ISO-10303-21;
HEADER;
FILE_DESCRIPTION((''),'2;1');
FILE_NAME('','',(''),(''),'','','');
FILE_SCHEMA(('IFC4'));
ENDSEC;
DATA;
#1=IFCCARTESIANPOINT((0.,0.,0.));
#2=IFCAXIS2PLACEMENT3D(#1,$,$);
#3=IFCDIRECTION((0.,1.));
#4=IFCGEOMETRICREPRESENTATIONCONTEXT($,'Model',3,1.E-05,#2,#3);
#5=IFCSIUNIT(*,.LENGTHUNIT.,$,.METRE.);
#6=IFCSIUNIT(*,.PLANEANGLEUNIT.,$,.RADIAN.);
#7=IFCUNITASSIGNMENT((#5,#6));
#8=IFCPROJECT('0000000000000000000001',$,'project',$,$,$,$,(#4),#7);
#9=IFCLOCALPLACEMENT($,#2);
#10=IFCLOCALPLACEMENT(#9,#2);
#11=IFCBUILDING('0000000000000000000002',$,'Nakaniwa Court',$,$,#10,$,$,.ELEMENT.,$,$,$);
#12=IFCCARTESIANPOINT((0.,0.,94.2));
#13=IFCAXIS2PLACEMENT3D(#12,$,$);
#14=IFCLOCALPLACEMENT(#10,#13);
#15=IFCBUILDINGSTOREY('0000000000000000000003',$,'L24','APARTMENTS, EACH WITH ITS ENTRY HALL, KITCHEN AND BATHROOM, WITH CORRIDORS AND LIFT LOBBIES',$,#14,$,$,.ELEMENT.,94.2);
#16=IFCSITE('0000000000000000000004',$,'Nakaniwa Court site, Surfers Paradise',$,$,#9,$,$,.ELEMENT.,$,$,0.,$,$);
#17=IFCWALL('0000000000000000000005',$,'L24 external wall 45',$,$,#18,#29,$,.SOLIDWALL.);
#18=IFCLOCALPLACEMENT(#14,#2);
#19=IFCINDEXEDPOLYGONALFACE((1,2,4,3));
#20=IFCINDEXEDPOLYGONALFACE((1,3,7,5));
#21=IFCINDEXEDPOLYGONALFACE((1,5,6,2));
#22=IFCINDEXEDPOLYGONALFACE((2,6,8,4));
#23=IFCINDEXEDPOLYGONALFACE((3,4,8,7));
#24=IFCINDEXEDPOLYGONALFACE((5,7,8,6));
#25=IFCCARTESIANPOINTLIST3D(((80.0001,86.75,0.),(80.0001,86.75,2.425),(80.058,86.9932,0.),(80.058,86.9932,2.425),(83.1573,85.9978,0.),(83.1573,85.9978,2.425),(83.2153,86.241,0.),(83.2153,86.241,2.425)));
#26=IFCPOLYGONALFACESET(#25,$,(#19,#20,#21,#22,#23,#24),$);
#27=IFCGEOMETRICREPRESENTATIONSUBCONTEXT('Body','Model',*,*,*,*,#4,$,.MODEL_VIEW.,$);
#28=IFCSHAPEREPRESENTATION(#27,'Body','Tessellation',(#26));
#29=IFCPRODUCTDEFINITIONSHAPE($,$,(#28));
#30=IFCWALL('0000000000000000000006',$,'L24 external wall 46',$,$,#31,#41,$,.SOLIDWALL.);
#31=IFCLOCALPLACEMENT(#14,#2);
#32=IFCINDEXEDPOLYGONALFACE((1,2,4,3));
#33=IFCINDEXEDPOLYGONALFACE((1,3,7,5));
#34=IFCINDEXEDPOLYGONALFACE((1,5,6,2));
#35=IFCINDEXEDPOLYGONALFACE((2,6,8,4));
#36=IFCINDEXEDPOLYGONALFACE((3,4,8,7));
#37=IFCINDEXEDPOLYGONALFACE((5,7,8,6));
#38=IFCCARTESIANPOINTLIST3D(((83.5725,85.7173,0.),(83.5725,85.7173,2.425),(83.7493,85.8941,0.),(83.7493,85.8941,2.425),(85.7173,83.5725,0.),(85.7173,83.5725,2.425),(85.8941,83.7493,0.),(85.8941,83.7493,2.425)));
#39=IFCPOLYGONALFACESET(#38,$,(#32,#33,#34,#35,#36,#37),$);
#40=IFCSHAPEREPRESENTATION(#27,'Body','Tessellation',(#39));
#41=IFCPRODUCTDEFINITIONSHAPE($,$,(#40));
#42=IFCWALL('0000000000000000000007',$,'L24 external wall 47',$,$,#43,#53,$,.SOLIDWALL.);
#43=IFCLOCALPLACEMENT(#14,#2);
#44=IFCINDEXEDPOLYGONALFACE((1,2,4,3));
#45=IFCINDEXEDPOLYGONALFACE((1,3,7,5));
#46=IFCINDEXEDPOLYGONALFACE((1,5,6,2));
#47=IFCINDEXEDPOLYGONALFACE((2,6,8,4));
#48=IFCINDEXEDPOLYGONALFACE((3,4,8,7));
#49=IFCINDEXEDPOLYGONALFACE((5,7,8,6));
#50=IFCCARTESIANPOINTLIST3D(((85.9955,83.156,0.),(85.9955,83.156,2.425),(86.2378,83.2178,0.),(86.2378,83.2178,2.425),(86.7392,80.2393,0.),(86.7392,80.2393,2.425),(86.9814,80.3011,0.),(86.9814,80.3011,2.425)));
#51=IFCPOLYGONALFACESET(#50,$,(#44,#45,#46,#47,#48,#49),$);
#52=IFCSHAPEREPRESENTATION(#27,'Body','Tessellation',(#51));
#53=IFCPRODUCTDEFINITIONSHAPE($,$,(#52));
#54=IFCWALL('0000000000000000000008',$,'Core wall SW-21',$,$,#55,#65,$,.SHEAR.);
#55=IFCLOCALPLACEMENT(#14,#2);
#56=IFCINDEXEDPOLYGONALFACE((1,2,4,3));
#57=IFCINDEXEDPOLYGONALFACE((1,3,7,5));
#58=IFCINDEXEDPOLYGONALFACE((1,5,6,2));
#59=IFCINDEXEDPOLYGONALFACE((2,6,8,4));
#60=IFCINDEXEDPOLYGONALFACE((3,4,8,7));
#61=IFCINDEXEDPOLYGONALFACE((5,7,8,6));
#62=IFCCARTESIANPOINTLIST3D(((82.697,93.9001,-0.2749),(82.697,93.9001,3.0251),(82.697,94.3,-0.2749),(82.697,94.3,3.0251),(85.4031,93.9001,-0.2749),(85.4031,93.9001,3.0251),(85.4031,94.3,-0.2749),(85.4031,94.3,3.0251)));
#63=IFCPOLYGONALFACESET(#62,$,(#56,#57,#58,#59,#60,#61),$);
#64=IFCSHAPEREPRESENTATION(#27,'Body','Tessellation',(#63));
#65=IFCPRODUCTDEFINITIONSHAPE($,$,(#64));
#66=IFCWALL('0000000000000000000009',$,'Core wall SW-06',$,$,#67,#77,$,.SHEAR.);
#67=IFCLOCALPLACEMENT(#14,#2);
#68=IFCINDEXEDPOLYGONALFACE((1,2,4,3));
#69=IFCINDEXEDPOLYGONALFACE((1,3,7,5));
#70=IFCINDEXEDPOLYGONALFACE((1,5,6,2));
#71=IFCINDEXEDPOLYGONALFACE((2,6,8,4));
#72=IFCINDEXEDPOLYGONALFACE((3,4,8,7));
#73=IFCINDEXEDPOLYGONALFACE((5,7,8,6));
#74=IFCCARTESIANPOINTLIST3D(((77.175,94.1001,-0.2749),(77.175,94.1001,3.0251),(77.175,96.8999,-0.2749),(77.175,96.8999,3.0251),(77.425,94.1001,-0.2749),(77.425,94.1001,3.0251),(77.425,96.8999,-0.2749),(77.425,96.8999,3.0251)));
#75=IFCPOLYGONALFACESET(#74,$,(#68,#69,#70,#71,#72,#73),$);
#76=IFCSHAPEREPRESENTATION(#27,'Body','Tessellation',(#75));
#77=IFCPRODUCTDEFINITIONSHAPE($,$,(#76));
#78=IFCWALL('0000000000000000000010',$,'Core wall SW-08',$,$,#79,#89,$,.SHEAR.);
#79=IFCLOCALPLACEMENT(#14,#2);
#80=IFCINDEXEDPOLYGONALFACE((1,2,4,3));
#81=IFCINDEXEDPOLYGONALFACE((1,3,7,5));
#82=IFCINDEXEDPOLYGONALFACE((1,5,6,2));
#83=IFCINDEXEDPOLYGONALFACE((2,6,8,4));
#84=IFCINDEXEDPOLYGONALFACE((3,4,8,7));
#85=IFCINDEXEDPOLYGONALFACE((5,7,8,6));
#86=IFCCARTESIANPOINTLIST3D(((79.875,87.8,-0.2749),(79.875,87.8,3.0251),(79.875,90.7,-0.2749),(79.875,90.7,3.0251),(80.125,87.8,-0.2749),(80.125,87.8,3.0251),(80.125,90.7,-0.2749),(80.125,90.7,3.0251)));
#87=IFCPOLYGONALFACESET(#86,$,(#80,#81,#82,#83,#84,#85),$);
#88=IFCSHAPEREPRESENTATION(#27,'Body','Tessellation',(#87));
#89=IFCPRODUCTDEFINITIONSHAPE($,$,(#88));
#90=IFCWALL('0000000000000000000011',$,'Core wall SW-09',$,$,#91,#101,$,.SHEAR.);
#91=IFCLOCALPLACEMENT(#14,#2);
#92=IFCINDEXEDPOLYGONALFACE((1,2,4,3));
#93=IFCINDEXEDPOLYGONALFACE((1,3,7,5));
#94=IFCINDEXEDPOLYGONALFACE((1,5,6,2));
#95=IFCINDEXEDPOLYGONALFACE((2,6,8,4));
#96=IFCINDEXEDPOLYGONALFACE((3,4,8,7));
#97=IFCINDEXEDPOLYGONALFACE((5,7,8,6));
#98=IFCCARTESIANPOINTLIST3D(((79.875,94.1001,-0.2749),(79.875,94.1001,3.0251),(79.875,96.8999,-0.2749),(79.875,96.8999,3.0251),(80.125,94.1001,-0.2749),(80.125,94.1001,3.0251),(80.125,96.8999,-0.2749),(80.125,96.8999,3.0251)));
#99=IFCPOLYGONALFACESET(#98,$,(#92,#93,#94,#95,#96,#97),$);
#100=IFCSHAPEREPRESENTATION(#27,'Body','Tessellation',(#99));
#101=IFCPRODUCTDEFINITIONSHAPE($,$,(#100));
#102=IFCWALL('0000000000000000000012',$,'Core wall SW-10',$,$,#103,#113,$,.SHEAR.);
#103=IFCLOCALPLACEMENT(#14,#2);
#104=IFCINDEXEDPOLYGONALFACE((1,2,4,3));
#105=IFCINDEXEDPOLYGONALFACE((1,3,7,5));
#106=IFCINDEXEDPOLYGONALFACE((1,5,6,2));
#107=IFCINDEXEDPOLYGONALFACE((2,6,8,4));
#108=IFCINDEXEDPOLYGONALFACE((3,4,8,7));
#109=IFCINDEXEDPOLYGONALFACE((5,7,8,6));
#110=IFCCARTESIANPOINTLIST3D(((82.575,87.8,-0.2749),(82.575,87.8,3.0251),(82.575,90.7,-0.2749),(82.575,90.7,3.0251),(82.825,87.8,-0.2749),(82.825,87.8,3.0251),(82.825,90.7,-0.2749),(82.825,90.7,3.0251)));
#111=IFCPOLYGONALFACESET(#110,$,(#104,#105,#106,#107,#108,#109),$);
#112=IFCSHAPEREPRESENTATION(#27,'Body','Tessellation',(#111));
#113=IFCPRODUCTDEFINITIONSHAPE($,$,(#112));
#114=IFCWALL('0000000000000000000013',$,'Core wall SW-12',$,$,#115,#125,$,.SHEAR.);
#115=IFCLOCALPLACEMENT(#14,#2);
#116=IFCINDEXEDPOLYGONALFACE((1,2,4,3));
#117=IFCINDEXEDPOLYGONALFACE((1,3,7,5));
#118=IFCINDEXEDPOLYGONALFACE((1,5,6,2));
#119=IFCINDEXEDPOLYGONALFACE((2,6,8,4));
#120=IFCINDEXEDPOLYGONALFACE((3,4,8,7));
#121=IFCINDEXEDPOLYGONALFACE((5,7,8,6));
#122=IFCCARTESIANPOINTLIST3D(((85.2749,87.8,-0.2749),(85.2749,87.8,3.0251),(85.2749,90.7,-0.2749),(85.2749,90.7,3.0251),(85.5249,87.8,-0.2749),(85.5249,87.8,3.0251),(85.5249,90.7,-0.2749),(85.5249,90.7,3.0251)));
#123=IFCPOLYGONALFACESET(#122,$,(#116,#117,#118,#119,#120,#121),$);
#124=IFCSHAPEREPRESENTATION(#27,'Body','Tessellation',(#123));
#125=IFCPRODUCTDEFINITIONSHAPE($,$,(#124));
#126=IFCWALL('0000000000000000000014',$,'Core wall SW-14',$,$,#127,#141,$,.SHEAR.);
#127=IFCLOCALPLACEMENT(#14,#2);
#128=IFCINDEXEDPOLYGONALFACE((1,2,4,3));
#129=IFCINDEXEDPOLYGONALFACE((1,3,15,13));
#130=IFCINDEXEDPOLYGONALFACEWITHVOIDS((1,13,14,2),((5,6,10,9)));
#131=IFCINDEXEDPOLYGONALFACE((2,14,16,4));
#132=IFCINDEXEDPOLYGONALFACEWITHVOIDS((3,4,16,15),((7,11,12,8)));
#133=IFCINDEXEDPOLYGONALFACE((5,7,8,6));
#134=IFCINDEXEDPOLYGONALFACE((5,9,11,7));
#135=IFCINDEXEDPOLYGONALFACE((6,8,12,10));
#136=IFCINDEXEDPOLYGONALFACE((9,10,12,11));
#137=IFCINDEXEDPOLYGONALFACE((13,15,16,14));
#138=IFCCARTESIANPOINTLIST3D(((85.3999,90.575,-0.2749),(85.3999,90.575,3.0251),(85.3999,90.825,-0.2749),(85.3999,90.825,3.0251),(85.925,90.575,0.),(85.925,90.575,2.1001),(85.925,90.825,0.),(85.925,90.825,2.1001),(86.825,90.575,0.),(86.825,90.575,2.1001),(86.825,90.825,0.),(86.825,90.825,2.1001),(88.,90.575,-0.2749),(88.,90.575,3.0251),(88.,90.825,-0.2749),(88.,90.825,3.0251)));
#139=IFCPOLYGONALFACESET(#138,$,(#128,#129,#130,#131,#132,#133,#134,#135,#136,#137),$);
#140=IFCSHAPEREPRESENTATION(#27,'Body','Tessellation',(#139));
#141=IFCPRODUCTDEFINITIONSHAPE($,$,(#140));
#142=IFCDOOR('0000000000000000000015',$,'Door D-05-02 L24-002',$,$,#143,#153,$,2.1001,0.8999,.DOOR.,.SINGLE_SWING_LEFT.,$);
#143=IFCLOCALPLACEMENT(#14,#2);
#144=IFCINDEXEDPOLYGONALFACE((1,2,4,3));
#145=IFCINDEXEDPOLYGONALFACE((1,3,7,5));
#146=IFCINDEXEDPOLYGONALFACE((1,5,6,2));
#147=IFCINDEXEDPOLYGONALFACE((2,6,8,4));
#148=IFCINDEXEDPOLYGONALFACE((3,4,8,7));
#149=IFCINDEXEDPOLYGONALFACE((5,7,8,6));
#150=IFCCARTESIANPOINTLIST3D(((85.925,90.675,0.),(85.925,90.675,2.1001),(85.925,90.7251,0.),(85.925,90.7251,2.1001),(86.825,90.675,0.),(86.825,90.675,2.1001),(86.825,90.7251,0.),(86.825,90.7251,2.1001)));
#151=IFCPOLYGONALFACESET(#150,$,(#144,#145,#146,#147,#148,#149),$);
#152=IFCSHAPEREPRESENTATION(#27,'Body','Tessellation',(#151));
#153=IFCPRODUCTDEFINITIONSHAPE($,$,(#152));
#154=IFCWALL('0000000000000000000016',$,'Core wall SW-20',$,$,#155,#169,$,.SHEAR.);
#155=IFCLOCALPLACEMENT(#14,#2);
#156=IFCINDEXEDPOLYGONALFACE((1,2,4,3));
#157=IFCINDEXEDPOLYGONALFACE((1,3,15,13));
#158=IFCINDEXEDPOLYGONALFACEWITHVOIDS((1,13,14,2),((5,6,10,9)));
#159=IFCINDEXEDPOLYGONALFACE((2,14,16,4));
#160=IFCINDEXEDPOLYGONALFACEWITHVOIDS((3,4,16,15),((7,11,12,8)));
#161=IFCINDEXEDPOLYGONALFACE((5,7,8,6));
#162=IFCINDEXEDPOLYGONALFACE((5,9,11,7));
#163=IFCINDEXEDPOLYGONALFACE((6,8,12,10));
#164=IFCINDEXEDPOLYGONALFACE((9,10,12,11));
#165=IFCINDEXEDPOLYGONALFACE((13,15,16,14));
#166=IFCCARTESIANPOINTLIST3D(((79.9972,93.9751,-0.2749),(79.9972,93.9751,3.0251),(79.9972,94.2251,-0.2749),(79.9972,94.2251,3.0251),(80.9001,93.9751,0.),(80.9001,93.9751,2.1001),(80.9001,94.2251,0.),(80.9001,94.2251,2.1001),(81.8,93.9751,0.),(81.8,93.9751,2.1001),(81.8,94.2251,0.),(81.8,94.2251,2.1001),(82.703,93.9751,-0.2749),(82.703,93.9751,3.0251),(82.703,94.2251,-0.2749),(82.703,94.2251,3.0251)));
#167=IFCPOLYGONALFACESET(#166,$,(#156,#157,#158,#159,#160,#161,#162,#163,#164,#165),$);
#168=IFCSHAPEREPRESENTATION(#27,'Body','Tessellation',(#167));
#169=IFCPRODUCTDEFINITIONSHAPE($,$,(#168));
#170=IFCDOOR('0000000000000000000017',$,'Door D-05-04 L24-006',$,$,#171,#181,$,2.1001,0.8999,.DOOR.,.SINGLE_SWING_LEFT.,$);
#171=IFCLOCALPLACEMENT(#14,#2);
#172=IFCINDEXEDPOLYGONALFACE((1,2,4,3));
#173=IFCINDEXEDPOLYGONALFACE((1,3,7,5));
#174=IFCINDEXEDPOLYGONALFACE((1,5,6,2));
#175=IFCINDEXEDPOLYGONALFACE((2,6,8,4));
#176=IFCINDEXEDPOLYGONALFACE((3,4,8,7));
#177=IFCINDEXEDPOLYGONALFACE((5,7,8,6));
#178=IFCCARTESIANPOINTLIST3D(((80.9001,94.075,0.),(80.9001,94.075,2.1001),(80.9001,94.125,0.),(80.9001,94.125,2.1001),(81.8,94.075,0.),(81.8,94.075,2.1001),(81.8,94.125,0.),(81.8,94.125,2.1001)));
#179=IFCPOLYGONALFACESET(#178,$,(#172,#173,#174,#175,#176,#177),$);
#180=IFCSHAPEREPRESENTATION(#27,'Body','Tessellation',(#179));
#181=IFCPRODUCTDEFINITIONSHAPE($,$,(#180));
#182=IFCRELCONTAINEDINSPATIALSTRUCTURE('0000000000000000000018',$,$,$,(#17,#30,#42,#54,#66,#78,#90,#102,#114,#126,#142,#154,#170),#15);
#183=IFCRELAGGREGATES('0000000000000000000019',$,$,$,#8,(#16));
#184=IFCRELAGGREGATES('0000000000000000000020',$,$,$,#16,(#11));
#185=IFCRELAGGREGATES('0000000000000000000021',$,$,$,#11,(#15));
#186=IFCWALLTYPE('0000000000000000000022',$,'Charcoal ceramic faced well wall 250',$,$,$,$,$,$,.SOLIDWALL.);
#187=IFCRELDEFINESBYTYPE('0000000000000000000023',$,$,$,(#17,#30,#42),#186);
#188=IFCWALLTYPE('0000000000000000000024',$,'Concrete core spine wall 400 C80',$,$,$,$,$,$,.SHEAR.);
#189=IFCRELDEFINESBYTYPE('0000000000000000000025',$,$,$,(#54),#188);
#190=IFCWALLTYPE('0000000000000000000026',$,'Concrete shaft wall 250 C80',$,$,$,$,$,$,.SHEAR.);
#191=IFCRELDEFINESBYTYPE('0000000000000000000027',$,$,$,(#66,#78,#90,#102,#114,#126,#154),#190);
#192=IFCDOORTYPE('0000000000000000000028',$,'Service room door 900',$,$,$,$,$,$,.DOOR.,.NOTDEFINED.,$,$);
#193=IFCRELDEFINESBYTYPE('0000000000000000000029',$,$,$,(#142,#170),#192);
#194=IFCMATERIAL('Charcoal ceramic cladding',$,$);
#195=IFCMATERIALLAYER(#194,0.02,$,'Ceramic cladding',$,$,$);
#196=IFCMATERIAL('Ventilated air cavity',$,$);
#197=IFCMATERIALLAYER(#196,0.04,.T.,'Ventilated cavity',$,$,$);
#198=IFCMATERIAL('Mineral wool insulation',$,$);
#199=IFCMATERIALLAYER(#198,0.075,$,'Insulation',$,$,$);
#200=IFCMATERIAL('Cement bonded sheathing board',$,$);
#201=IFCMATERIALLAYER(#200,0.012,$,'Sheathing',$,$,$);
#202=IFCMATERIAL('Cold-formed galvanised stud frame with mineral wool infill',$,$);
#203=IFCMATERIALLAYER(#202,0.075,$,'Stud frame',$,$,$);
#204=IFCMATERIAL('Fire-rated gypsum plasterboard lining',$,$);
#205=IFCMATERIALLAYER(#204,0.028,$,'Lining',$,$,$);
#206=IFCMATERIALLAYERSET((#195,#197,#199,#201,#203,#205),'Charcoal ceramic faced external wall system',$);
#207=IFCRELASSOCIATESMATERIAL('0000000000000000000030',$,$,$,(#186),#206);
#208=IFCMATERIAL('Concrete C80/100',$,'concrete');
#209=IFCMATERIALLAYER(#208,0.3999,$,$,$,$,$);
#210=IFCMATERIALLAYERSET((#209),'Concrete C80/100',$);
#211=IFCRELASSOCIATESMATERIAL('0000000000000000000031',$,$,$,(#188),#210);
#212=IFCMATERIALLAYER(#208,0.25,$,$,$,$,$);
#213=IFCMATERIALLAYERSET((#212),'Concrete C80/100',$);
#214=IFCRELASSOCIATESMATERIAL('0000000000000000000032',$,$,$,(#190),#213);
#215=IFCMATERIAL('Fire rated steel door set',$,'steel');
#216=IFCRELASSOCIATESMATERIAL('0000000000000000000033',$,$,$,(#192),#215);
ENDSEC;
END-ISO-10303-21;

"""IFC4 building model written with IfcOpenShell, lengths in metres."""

from ifc_helpers import new_model, si_unit, direction, frame, frame_2d, origin, place, context, subcontext, project, spatial, rectangle, extrude, material, layer, layer_set, type_object, element, fill, save


model = new_model("IFC4")

# Units and contexts
model_context = context("Model", 3, precision=1e-05, world=origin(), true_north=direction((0.0, 1.0)))
body_context = subcontext(model_context, "Body", "Model", "MODEL_VIEW")
ifc_project = project(units=[si_unit("LENGTHUNIT", "METRE"), si_unit("PLANEANGLEUNIT", "RADIAN")], contexts=[model_context])

# Site, building, storey
site_placement = place(None, origin())
site = spatial("IfcSite", under=ifc_project, at=site_placement, Name="Nakaniwa Court site, Surfers Paradise", CompositionType="ELEMENT", RefElevation=0.0)
building_placement = place(site_placement, origin())
building = spatial("IfcBuilding", under=site, at=building_placement, Name="Nakaniwa Court", CompositionType="ELEMENT")
storey_placement = place(building_placement, frame((0.0, 0.0, 94.2)))
storey = spatial("IfcBuildingStorey", under=building, at=storey_placement, Name="L24", Description="APARTMENTS, EACH WITH ITS ENTRY HALL, KITCHEN AND BATHROOM, WITH CORRIDORS AND LIFT LOBBIES", CompositionType="ELEMENT", Elevation=94.2)

# Shared definitions
ifc_material_1 = material(Name="Concrete C80/100", Category="concrete")

# Walls
ifc_material_2 = material(Name="Charcoal ceramic cladding")
ifc_layer_1 = layer(ifc_material_2, 0.02, Name="Ceramic cladding")
ifc_material_3 = material(Name="Ventilated air cavity")
ifc_layer_2 = layer(ifc_material_3, 0.04, ventilated=True, Name="Ventilated cavity")
ifc_material_4 = material(Name="Mineral wool insulation")
ifc_layer_3 = layer(ifc_material_4, 0.075, Name="Insulation")
ifc_material_5 = material(Name="Cement bonded sheathing board")
ifc_layer_4 = layer(ifc_material_5, 0.012, Name="Sheathing")
ifc_material_6 = material(Name="Cold-formed galvanised stud frame with mineral wool infill")
ifc_layer_5 = layer(ifc_material_6, 0.075, Name="Stud frame")
ifc_material_7 = material(Name="Fire-rated gypsum plasterboard lining")
ifc_layer_6 = layer(ifc_material_7, 0.028, Name="Lining")
ifc_layer_set_1 = layer_set([ifc_layer_1, ifc_layer_2, ifc_layer_3, ifc_layer_4, ifc_layer_5, ifc_layer_6], Name="Charcoal ceramic faced external wall system")
wall_type_1 = type_object("IfcWallType", Name="Charcoal ceramic faced well wall 250", PredefinedType="SOLIDWALL", material=ifc_layer_set_1)
wall_1_placement = place(storey_placement, frame((80.0291, 86.8716, 0.0), z_axis=(0.0, 0.0, 1.0), x_axis=(0.972773, -0.23176, 0.0)))
element("IfcWall", 1, at=wall_1_placement, inside=storey, type_object=wall_type_1, Name="L24 external wall 45", PredefinedType="SOLIDWALL", context=body_context, shape_type="SweptSolid", body=[
    extrude(rectangle(XDim=3.2456, YDim=0.25, at=frame_2d((1.6228, 0.0))), origin(), (0.0, 0.0, 1.0), 2.425),
])
wall_2_placement = place(storey_placement, frame((83.6609, 85.8057, 0.0), z_axis=(0.0, 0.0, 1.0), x_axis=(0.707107, -0.707107, 0.0)))
element("IfcWall", 2, at=wall_2_placement, inside=storey, type_object=wall_type_1, Name="L24 external wall 46", PredefinedType="SOLIDWALL", context=body_context, shape_type="SweptSolid", body=[
    extrude(rectangle(XDim=3.0332, YDim=0.25, at=frame_2d((1.5166, 0.0))), origin(), (0.0, 0.0, 1.0), 2.425),
])
wall_3_placement = place(storey_placement, frame((86.1167, 83.1868, 0.0), z_axis=(0.0, 0.0, 1.0), x_axis=(0.247056, -0.969001, 0.0)))
element("IfcWall", 3, at=wall_3_placement, inside=storey, type_object=wall_type_1, Name="L24 external wall 47", PredefinedType="SOLIDWALL", context=body_context, shape_type="SweptSolid", body=[
    extrude(rectangle(XDim=3.01, YDim=0.25, at=frame_2d((1.5049, 0.0))), origin(), (0.0, 0.0, 1.0), 2.425),
])
ifc_layer_7 = layer(ifc_material_1, 0.3999)
ifc_layer_set_2 = layer_set([ifc_layer_7], Name="Concrete C80/100")
wall_type_2 = type_object("IfcWallType", Name="Concrete core spine wall 400 C80", PredefinedType="SHEAR", material=ifc_layer_set_2)
wall_4_placement = place(storey_placement, frame((82.697, 94.1001, -0.2749), z_axis=(0.0, 0.0, 1.0), x_axis=(1.0, 0.0, 0.0)))
element("IfcWall", 4, at=wall_4_placement, inside=storey, type_object=wall_type_2, Name="Core wall SW-21", PredefinedType="SHEAR", context=body_context, shape_type="SweptSolid", body=[
    extrude(rectangle(XDim=2.7061, YDim=0.3999, at=frame_2d((1.353, 0.0))), origin(), (0.0, 0.0, 1.0), 3.3),
])
ifc_layer_8 = layer(ifc_material_1, 0.25)
ifc_layer_set_3 = layer_set([ifc_layer_8], Name="Concrete C80/100")
wall_type_3 = type_object("IfcWallType", Name="Concrete shaft wall 250 C80", PredefinedType="SHEAR", material=ifc_layer_set_3)
wall_5_placement = place(storey_placement, frame((77.3, 94.1001, -0.2749), z_axis=(0.0, 0.0, 1.0), x_axis=(0.0, 1.0, 0.0)))
element("IfcWall", 5, at=wall_5_placement, inside=storey, type_object=wall_type_3, Name="Core wall SW-06", PredefinedType="SHEAR", context=body_context, shape_type="SweptSolid", body=[
    extrude(rectangle(XDim=2.7998, YDim=0.25, at=frame_2d((1.3999, 0.0))), origin(), (0.0, 0.0, 1.0), 3.3),
])
wall_6_placement = place(storey_placement, frame((80.0, 87.8, -0.2749), z_axis=(0.0, 0.0, 1.0), x_axis=(0.0, 1.0, 0.0)))
element("IfcWall", 6, at=wall_6_placement, inside=storey, type_object=wall_type_3, Name="Core wall SW-08", PredefinedType="SHEAR", context=body_context, shape_type="SweptSolid", body=[
    extrude(rectangle(XDim=2.8999, YDim=0.25, at=frame_2d((1.45, 0.0))), origin(), (0.0, 0.0, 1.0), 3.3),
])
wall_7_placement = place(storey_placement, frame((80.0, 94.1001, -0.2749), z_axis=(0.0, 0.0, 1.0), x_axis=(0.0, 1.0, 0.0)))
element("IfcWall", 7, at=wall_7_placement, inside=storey, type_object=wall_type_3, Name="Core wall SW-09", PredefinedType="SHEAR", context=body_context, shape_type="SweptSolid", body=[
    extrude(rectangle(XDim=2.7998, YDim=0.25, at=frame_2d((1.3999, 0.0))), origin(), (0.0, 0.0, 1.0), 3.3),
])
for number, where, z_axis, x_axis, name in (
    (8, (82.7, 87.8, -0.2749), (0.0, 0.0, 1.0), (0.0, 1.0, 0.0), "Core wall SW-10"),
    (9, (85.3999, 87.8, -0.2749), (0.0, 0.0, 1.0), (0.0, 1.0, 0.0), "Core wall SW-12"),
):
    element("IfcWall", number, at=place(storey_placement, frame(where, z_axis=z_axis, x_axis=x_axis)), inside=storey, type_object=wall_type_3, Name=name, PredefinedType="SHEAR", context=body_context, shape_type="SweptSolid", body=[
        extrude(rectangle(XDim=2.8999, YDim=0.25, at=frame_2d((1.45, 0.0))), origin(), (0.0, 0.0, 1.0), 3.3),
    ])

# Walls, openings, doors
wall_8_placement = place(storey_placement, frame((88.0, 90.7, -0.2749), z_axis=(0.0, 0.0, 1.0), x_axis=(-1.0, 0.0, 0.0)))
wall_8 = element("IfcWall", 10, at=wall_8_placement, inside=storey, type_object=wall_type_3, Name="Core wall SW-14", PredefinedType="SHEAR", context=body_context, shape_type="SweptSolid", body=[
    extrude(rectangle(XDim=2.6001, YDim=0.25, at=frame_2d((1.3, 0.0))), origin(), (0.0, 0.0, 1.0), 3.3),
])
opening_1_placement = place(wall_8_placement, frame((1.175, 0.0, 0.2749)))
opening_1 = element("IfcOpeningElement", 11, at=opening_1_placement, cuts=wall_8, PredefinedType="OPENING", context=body_context, shape_type="SweptSolid", body=[
    extrude(rectangle(XDim=0.8999, YDim=2.1001, at=frame_2d((0.45, 1.05))), frame((0.0, 0.135, 0.0), z_axis=(0.0, -1.0, 0.0), x_axis=(1.0, 0.0, 0.0)), (0.0, 0.0, 1.0), 0.27),
])
ifc_material_8 = material(Name="Fire rated steel door set", Category="steel")
door_type_1 = type_object("IfcDoorType", Name="Service room door 900", OperationType="NOTDEFINED", PredefinedType="DOOR", material=ifc_material_8)
door_1_placement = place(opening_1_placement, origin())
door_1 = element("IfcDoor", 12, at=door_1_placement, inside=storey, type_object=door_type_1, Name="Door D-05-02 L24-002", OperationType="SINGLE_SWING_LEFT", OverallHeight=2.1001, OverallWidth=0.8999, PredefinedType="DOOR", context=body_context, shape_type="SweptSolid", body=[
    extrude(rectangle(XDim=0.8999, YDim=2.1001, at=frame_2d((0.45, 1.05))), frame((0.0, 0.0249, 0.0), z_axis=(0.0, -1.0, 0.0), x_axis=(1.0, 0.0, 0.0)), (0.0, 0.0, 1.0), 0.05),
])
fill(opening_1, door_1)
wall_9_placement = place(storey_placement, frame((79.9971, 94.1001, -0.2749), z_axis=(0.0, 0.0, 1.0), x_axis=(1.0, 0.0, 0.0)))
wall_9 = element("IfcWall", 13, at=wall_9_placement, inside=storey, type_object=wall_type_3, Name="Core wall SW-20", PredefinedType="SHEAR", context=body_context, shape_type="SweptSolid", body=[
    extrude(rectangle(XDim=2.7058, YDim=0.25, at=frame_2d((1.353, 0.0))), origin(), (0.0, 0.0, 1.0), 3.3),
])
opening_2_placement = place(wall_9_placement, frame((0.9031, 0.0, 0.2749)))
opening_2 = element("IfcOpeningElement", 14, at=opening_2_placement, cuts=wall_9, PredefinedType="OPENING", context=body_context, shape_type="SweptSolid", body=[
    extrude(rectangle(XDim=0.8999, YDim=2.1001, at=frame_2d((0.45, 1.05))), frame((0.0, 0.135, 0.0), z_axis=(0.0, -1.0, 0.0), x_axis=(1.0, 0.0, 0.0)), (0.0, 0.0, 1.0), 0.27),
])
door_2_placement = place(opening_2_placement, origin())
door_2 = element("IfcDoor", 15, at=door_2_placement, inside=storey, type_object=door_type_1, Name="Door D-05-04 L24-006", OperationType="SINGLE_SWING_LEFT", OverallHeight=2.1001, OverallWidth=0.8999, PredefinedType="DOOR", context=body_context, shape_type="SweptSolid", body=[
    extrude(rectangle(XDim=0.8999, YDim=2.1001, at=frame_2d((0.45, 1.05))), frame((0.0, 0.0249, 0.0), z_axis=(0.0, -1.0, 0.0), x_axis=(1.0, 0.0, 0.0)), (0.0, 0.0, 1.0), 0.05),
])
fill(opening_2, door_2)

save(model, "model.ifc")
